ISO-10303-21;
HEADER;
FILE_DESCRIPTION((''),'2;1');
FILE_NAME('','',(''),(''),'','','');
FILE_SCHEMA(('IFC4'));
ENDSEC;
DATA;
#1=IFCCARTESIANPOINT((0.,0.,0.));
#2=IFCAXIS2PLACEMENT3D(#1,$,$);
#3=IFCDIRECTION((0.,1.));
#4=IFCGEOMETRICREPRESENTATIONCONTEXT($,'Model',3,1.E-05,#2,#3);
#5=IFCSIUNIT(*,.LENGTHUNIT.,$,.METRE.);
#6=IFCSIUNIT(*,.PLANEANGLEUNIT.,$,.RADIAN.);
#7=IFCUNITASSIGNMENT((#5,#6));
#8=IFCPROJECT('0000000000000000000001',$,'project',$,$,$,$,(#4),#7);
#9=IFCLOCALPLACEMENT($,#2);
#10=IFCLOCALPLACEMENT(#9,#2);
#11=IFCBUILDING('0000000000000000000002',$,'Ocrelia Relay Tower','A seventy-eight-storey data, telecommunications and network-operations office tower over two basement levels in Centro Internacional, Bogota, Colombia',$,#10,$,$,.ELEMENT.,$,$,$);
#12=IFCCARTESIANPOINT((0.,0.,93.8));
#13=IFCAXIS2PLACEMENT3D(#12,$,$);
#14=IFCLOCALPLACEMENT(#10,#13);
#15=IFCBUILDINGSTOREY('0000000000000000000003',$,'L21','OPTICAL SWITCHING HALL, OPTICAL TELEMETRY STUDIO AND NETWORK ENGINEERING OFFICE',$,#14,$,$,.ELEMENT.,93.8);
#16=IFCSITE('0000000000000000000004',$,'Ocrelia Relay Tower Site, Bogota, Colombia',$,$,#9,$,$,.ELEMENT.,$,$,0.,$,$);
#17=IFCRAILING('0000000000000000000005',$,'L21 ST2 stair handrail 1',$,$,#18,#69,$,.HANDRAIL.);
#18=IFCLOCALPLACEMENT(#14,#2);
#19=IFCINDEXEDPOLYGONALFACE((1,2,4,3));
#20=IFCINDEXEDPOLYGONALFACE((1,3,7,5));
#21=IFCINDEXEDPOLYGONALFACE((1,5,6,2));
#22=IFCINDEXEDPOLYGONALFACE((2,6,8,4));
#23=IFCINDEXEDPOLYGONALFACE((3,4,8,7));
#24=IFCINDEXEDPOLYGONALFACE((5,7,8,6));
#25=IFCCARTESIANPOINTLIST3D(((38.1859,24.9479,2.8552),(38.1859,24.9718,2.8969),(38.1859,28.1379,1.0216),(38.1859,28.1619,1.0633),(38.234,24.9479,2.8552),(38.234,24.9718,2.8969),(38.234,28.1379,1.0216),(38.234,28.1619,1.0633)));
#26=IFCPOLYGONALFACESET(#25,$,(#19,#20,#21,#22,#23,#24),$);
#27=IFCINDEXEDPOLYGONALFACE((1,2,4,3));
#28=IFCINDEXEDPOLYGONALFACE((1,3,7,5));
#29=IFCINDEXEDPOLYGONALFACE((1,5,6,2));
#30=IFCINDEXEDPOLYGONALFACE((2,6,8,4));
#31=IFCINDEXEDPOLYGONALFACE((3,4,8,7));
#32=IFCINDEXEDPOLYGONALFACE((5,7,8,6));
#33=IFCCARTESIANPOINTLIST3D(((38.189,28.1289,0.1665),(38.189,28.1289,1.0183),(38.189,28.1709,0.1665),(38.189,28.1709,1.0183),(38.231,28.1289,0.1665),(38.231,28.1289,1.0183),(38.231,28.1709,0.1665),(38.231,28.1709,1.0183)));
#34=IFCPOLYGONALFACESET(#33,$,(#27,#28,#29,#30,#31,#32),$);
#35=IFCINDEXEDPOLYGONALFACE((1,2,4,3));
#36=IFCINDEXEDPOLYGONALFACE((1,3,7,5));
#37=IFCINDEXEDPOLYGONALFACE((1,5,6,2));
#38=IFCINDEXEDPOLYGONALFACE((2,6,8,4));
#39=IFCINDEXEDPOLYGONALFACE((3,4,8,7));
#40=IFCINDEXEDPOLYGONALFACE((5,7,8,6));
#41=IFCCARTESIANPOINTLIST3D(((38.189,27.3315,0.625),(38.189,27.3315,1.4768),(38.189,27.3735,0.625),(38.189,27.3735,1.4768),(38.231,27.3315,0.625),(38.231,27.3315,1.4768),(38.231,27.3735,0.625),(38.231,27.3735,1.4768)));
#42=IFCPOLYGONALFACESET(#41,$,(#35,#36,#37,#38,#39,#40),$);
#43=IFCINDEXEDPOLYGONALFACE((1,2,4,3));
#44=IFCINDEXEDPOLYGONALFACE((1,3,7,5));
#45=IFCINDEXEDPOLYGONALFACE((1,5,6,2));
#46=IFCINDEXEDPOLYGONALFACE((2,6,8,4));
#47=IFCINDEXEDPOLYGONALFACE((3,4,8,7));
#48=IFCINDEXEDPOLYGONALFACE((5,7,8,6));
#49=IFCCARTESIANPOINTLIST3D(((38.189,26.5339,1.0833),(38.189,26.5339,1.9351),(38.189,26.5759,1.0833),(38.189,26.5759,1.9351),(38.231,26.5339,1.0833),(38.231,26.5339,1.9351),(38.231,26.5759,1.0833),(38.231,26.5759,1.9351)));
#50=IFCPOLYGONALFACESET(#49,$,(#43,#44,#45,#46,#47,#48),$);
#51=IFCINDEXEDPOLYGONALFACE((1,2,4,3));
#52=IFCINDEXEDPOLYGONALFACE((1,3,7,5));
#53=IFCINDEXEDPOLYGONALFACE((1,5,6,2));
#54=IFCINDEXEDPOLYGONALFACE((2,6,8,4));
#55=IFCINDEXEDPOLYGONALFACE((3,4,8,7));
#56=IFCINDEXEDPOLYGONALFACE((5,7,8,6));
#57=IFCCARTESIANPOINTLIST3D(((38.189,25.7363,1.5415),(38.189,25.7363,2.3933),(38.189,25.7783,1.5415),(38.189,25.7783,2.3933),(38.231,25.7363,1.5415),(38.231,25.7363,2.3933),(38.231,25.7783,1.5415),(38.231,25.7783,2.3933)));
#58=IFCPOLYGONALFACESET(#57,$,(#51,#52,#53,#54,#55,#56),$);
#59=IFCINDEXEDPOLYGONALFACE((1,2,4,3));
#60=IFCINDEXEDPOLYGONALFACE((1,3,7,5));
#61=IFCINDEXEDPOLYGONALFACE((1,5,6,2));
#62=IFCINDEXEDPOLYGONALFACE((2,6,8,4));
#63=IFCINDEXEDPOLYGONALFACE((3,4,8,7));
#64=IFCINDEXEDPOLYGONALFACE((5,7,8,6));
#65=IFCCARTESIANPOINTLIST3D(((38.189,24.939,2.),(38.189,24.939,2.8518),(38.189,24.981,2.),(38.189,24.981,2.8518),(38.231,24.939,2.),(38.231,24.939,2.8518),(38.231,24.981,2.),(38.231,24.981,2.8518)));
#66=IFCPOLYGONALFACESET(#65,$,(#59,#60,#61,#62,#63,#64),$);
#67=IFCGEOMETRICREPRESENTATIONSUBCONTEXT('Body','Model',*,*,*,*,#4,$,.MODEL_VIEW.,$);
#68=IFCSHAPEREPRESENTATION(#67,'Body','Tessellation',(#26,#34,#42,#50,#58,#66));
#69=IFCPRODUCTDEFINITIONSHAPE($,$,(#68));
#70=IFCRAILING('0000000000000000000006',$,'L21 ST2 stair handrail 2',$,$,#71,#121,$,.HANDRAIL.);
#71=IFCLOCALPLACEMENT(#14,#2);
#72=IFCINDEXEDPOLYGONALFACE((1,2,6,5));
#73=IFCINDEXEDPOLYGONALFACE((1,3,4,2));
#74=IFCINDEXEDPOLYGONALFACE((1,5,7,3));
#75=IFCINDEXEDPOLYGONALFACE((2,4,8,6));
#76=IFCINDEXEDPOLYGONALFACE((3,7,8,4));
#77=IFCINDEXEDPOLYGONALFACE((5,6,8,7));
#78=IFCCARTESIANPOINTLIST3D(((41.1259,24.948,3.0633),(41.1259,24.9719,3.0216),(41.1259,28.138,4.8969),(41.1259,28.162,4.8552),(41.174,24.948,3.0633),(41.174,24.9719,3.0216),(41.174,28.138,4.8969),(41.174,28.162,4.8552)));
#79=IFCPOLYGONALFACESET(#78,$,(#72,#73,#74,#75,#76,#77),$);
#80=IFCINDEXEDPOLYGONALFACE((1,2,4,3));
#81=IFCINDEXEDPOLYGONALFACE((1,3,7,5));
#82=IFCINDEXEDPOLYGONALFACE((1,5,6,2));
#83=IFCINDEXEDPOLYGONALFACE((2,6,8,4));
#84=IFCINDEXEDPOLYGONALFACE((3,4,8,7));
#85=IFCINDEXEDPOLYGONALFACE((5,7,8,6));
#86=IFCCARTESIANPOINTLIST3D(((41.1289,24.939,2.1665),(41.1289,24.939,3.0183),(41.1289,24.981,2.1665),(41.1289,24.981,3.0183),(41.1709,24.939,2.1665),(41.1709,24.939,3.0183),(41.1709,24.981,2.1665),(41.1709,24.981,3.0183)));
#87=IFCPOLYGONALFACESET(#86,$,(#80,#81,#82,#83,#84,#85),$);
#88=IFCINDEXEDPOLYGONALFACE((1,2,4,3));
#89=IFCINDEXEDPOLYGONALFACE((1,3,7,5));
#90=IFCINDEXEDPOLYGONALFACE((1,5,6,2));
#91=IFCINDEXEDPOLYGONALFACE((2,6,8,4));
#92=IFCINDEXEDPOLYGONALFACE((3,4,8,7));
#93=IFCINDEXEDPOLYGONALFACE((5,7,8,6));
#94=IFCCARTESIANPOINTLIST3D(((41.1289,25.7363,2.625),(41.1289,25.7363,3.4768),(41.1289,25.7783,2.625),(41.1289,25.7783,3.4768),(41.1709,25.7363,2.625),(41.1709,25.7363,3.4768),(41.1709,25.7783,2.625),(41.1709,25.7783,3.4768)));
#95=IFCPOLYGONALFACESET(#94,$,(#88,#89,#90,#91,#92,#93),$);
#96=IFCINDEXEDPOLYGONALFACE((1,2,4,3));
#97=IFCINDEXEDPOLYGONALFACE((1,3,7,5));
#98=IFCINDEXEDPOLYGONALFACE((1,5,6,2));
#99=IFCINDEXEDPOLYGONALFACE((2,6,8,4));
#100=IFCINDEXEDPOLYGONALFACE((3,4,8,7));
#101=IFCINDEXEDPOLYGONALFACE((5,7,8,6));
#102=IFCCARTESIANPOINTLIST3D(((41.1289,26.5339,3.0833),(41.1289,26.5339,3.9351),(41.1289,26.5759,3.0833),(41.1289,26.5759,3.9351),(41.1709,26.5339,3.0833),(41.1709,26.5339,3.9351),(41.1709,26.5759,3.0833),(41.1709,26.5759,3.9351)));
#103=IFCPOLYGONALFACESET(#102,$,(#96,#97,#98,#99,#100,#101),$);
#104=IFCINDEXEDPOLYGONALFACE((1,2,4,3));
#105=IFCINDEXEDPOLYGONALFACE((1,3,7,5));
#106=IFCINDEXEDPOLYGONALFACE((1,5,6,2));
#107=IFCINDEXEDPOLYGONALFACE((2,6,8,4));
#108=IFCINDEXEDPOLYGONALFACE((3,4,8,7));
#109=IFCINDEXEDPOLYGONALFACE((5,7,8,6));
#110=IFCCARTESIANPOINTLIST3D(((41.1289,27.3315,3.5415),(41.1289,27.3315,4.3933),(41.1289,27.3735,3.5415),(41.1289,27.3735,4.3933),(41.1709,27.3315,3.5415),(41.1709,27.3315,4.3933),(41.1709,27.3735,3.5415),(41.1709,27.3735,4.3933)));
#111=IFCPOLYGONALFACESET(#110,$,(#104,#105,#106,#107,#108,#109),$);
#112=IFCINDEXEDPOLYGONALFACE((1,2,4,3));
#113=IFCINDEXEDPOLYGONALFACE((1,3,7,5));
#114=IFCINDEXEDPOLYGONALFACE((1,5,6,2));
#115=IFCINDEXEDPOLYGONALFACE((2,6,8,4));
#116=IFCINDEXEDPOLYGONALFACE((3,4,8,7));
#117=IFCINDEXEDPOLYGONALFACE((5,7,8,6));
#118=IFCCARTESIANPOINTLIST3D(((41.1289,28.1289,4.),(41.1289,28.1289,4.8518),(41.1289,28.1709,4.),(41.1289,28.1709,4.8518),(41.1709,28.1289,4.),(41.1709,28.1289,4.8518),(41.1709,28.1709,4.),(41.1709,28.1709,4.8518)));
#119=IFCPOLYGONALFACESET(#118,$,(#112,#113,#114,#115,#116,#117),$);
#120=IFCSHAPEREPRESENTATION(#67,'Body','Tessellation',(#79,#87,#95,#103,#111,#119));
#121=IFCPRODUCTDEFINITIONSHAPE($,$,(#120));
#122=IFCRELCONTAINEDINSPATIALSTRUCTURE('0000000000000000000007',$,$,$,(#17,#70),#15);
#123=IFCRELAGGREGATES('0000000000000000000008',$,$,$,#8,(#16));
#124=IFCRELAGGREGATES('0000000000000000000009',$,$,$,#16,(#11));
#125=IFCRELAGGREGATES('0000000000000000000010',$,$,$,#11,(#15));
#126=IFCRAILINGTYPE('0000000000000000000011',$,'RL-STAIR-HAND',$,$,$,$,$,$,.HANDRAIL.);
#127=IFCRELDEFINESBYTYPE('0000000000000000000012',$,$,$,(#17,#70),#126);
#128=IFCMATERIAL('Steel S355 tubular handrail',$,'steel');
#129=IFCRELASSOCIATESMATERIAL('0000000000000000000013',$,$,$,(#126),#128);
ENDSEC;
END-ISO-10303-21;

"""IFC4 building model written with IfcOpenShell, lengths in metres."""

from ifc_helpers import new_model, si_unit, direction, frame, origin, origin_2d, place, context, subcontext, project, spatial, rectangle, extrude, material, type_object, element, save


model = new_model("IFC4")

# Units and contexts
model_context = context("Model", 3, precision=1e-05, world=origin(), true_north=direction((0.0, 1.0)))
body_context = subcontext(model_context, "Body", "Model", "MODEL_VIEW")
ifc_project = project(units=[si_unit("LENGTHUNIT", "METRE"), si_unit("PLANEANGLEUNIT", "RADIAN")], contexts=[model_context])

# Site, building, storey
site_placement = place(None, origin())
site = spatial("IfcSite", under=ifc_project, at=site_placement, Name="Ocrelia Relay Tower Site, Bogota, Colombia", CompositionType="ELEMENT", RefElevation=0.0)
building_placement = place(site_placement, origin())
building = spatial("IfcBuilding", under=site, at=building_placement, Name="Ocrelia Relay Tower", Description="A seventy-eight-storey data, telecommunications and network-operations office tower over two basement levels in Centro Internacional, Bogota, Colombia", CompositionType="ELEMENT")
storey_placement = place(building_placement, frame((0.0, 0.0, 93.8)))
storey = spatial("IfcBuildingStorey", under=building, at=storey_placement, Name="L21", Description="OPTICAL SWITCHING HALL, OPTICAL TELEMETRY STUDIO AND NETWORK ENGINEERING OFFICE", CompositionType="ELEMENT", Elevation=93.8)

# Railings
ifc_material_1 = material(Name="Steel S355 tubular handrail", Category="steel")
railing_type_1 = type_object("IfcRailingType", Name="RL-STAIR-HAND", PredefinedType="HANDRAIL", material=ifc_material_1)
railing_1_placement = place(storey_placement, frame((38.21, 28.1499, 0.1665)))
element("IfcRailing", 1, at=railing_1_placement, inside=storey, type_object=railing_type_1, Name="L21 ST2 stair handrail 1", PredefinedType="HANDRAIL", context=body_context, shape_type="SweptSolid", body=[
    extrude(rectangle(XDim=0.0481, YDim=0.0481, at=origin_2d()), frame((0.0, 0.0, 0.876), z_axis=(0.0, -0.866991, 0.498324), x_axis=(1.0, 0.0, 0.0)), (0.0, 0.0, 1.0), 3.6794),
    extrude(rectangle(XDim=0.042, YDim=0.042, at=origin_2d()), origin(), (0.0, 0.0, 1.0), 0.8518),
    extrude(rectangle(XDim=0.042, YDim=0.042, at=origin_2d()), frame((0.0, -0.7974, 0.4585)), (0.0, 0.0, 1.0), 0.8518),
    extrude(rectangle(XDim=0.042, YDim=0.042, at=origin_2d()), frame((0.0, -1.595, 0.9167)), (0.0, 0.0, 1.0), 0.8518),
    extrude(rectangle(XDim=0.042, YDim=0.042, at=origin_2d()), frame((0.0, -2.3926, 1.375)), (0.0, 0.0, 1.0), 0.8518),
    extrude(rectangle(XDim=0.042, YDim=0.042, at=origin_2d()), frame((0.0, -3.1899, 1.8335)), (0.0, 0.0, 1.0), 0.8518),
])
railing_2_placement = place(storey_placement, frame((41.1499, 24.96, 2.1665)))
element("IfcRailing", 2, at=railing_2_placement, inside=storey, type_object=railing_type_1, Name="L21 ST2 stair handrail 2", PredefinedType="HANDRAIL", context=body_context, shape_type="SweptSolid", body=[
    extrude(rectangle(XDim=0.0481, YDim=0.0481, at=origin_2d()), frame((0.0, 0.0, 0.876), z_axis=(0.0, 0.866991, 0.498324), x_axis=(-1.0, 0.0, 0.0)), (0.0, 0.0, 1.0), 3.6794),
    extrude(rectangle(XDim=0.042, YDim=0.042, at=origin_2d()), origin(), (0.0, 0.0, 1.0), 0.8518),
    extrude(rectangle(XDim=0.042, YDim=0.042, at=origin_2d()), frame((0.0, 0.7974, 0.4585)), (0.0, 0.0, 1.0), 0.8518),
    extrude(rectangle(XDim=0.042, YDim=0.042, at=origin_2d()), frame((0.0, 1.595, 0.9167)), (0.0, 0.0, 1.0), 0.8518),
    extrude(rectangle(XDim=0.042, YDim=0.042, at=origin_2d()), frame((0.0, 2.3926, 1.375)), (0.0, 0.0, 1.0), 0.8518),
    extrude(rectangle(XDim=0.042, YDim=0.042, at=origin_2d()), frame((0.0, 3.1899, 1.8335)), (0.0, 0.0, 1.0), 0.8518),
])

save(model, "model.ifc")
